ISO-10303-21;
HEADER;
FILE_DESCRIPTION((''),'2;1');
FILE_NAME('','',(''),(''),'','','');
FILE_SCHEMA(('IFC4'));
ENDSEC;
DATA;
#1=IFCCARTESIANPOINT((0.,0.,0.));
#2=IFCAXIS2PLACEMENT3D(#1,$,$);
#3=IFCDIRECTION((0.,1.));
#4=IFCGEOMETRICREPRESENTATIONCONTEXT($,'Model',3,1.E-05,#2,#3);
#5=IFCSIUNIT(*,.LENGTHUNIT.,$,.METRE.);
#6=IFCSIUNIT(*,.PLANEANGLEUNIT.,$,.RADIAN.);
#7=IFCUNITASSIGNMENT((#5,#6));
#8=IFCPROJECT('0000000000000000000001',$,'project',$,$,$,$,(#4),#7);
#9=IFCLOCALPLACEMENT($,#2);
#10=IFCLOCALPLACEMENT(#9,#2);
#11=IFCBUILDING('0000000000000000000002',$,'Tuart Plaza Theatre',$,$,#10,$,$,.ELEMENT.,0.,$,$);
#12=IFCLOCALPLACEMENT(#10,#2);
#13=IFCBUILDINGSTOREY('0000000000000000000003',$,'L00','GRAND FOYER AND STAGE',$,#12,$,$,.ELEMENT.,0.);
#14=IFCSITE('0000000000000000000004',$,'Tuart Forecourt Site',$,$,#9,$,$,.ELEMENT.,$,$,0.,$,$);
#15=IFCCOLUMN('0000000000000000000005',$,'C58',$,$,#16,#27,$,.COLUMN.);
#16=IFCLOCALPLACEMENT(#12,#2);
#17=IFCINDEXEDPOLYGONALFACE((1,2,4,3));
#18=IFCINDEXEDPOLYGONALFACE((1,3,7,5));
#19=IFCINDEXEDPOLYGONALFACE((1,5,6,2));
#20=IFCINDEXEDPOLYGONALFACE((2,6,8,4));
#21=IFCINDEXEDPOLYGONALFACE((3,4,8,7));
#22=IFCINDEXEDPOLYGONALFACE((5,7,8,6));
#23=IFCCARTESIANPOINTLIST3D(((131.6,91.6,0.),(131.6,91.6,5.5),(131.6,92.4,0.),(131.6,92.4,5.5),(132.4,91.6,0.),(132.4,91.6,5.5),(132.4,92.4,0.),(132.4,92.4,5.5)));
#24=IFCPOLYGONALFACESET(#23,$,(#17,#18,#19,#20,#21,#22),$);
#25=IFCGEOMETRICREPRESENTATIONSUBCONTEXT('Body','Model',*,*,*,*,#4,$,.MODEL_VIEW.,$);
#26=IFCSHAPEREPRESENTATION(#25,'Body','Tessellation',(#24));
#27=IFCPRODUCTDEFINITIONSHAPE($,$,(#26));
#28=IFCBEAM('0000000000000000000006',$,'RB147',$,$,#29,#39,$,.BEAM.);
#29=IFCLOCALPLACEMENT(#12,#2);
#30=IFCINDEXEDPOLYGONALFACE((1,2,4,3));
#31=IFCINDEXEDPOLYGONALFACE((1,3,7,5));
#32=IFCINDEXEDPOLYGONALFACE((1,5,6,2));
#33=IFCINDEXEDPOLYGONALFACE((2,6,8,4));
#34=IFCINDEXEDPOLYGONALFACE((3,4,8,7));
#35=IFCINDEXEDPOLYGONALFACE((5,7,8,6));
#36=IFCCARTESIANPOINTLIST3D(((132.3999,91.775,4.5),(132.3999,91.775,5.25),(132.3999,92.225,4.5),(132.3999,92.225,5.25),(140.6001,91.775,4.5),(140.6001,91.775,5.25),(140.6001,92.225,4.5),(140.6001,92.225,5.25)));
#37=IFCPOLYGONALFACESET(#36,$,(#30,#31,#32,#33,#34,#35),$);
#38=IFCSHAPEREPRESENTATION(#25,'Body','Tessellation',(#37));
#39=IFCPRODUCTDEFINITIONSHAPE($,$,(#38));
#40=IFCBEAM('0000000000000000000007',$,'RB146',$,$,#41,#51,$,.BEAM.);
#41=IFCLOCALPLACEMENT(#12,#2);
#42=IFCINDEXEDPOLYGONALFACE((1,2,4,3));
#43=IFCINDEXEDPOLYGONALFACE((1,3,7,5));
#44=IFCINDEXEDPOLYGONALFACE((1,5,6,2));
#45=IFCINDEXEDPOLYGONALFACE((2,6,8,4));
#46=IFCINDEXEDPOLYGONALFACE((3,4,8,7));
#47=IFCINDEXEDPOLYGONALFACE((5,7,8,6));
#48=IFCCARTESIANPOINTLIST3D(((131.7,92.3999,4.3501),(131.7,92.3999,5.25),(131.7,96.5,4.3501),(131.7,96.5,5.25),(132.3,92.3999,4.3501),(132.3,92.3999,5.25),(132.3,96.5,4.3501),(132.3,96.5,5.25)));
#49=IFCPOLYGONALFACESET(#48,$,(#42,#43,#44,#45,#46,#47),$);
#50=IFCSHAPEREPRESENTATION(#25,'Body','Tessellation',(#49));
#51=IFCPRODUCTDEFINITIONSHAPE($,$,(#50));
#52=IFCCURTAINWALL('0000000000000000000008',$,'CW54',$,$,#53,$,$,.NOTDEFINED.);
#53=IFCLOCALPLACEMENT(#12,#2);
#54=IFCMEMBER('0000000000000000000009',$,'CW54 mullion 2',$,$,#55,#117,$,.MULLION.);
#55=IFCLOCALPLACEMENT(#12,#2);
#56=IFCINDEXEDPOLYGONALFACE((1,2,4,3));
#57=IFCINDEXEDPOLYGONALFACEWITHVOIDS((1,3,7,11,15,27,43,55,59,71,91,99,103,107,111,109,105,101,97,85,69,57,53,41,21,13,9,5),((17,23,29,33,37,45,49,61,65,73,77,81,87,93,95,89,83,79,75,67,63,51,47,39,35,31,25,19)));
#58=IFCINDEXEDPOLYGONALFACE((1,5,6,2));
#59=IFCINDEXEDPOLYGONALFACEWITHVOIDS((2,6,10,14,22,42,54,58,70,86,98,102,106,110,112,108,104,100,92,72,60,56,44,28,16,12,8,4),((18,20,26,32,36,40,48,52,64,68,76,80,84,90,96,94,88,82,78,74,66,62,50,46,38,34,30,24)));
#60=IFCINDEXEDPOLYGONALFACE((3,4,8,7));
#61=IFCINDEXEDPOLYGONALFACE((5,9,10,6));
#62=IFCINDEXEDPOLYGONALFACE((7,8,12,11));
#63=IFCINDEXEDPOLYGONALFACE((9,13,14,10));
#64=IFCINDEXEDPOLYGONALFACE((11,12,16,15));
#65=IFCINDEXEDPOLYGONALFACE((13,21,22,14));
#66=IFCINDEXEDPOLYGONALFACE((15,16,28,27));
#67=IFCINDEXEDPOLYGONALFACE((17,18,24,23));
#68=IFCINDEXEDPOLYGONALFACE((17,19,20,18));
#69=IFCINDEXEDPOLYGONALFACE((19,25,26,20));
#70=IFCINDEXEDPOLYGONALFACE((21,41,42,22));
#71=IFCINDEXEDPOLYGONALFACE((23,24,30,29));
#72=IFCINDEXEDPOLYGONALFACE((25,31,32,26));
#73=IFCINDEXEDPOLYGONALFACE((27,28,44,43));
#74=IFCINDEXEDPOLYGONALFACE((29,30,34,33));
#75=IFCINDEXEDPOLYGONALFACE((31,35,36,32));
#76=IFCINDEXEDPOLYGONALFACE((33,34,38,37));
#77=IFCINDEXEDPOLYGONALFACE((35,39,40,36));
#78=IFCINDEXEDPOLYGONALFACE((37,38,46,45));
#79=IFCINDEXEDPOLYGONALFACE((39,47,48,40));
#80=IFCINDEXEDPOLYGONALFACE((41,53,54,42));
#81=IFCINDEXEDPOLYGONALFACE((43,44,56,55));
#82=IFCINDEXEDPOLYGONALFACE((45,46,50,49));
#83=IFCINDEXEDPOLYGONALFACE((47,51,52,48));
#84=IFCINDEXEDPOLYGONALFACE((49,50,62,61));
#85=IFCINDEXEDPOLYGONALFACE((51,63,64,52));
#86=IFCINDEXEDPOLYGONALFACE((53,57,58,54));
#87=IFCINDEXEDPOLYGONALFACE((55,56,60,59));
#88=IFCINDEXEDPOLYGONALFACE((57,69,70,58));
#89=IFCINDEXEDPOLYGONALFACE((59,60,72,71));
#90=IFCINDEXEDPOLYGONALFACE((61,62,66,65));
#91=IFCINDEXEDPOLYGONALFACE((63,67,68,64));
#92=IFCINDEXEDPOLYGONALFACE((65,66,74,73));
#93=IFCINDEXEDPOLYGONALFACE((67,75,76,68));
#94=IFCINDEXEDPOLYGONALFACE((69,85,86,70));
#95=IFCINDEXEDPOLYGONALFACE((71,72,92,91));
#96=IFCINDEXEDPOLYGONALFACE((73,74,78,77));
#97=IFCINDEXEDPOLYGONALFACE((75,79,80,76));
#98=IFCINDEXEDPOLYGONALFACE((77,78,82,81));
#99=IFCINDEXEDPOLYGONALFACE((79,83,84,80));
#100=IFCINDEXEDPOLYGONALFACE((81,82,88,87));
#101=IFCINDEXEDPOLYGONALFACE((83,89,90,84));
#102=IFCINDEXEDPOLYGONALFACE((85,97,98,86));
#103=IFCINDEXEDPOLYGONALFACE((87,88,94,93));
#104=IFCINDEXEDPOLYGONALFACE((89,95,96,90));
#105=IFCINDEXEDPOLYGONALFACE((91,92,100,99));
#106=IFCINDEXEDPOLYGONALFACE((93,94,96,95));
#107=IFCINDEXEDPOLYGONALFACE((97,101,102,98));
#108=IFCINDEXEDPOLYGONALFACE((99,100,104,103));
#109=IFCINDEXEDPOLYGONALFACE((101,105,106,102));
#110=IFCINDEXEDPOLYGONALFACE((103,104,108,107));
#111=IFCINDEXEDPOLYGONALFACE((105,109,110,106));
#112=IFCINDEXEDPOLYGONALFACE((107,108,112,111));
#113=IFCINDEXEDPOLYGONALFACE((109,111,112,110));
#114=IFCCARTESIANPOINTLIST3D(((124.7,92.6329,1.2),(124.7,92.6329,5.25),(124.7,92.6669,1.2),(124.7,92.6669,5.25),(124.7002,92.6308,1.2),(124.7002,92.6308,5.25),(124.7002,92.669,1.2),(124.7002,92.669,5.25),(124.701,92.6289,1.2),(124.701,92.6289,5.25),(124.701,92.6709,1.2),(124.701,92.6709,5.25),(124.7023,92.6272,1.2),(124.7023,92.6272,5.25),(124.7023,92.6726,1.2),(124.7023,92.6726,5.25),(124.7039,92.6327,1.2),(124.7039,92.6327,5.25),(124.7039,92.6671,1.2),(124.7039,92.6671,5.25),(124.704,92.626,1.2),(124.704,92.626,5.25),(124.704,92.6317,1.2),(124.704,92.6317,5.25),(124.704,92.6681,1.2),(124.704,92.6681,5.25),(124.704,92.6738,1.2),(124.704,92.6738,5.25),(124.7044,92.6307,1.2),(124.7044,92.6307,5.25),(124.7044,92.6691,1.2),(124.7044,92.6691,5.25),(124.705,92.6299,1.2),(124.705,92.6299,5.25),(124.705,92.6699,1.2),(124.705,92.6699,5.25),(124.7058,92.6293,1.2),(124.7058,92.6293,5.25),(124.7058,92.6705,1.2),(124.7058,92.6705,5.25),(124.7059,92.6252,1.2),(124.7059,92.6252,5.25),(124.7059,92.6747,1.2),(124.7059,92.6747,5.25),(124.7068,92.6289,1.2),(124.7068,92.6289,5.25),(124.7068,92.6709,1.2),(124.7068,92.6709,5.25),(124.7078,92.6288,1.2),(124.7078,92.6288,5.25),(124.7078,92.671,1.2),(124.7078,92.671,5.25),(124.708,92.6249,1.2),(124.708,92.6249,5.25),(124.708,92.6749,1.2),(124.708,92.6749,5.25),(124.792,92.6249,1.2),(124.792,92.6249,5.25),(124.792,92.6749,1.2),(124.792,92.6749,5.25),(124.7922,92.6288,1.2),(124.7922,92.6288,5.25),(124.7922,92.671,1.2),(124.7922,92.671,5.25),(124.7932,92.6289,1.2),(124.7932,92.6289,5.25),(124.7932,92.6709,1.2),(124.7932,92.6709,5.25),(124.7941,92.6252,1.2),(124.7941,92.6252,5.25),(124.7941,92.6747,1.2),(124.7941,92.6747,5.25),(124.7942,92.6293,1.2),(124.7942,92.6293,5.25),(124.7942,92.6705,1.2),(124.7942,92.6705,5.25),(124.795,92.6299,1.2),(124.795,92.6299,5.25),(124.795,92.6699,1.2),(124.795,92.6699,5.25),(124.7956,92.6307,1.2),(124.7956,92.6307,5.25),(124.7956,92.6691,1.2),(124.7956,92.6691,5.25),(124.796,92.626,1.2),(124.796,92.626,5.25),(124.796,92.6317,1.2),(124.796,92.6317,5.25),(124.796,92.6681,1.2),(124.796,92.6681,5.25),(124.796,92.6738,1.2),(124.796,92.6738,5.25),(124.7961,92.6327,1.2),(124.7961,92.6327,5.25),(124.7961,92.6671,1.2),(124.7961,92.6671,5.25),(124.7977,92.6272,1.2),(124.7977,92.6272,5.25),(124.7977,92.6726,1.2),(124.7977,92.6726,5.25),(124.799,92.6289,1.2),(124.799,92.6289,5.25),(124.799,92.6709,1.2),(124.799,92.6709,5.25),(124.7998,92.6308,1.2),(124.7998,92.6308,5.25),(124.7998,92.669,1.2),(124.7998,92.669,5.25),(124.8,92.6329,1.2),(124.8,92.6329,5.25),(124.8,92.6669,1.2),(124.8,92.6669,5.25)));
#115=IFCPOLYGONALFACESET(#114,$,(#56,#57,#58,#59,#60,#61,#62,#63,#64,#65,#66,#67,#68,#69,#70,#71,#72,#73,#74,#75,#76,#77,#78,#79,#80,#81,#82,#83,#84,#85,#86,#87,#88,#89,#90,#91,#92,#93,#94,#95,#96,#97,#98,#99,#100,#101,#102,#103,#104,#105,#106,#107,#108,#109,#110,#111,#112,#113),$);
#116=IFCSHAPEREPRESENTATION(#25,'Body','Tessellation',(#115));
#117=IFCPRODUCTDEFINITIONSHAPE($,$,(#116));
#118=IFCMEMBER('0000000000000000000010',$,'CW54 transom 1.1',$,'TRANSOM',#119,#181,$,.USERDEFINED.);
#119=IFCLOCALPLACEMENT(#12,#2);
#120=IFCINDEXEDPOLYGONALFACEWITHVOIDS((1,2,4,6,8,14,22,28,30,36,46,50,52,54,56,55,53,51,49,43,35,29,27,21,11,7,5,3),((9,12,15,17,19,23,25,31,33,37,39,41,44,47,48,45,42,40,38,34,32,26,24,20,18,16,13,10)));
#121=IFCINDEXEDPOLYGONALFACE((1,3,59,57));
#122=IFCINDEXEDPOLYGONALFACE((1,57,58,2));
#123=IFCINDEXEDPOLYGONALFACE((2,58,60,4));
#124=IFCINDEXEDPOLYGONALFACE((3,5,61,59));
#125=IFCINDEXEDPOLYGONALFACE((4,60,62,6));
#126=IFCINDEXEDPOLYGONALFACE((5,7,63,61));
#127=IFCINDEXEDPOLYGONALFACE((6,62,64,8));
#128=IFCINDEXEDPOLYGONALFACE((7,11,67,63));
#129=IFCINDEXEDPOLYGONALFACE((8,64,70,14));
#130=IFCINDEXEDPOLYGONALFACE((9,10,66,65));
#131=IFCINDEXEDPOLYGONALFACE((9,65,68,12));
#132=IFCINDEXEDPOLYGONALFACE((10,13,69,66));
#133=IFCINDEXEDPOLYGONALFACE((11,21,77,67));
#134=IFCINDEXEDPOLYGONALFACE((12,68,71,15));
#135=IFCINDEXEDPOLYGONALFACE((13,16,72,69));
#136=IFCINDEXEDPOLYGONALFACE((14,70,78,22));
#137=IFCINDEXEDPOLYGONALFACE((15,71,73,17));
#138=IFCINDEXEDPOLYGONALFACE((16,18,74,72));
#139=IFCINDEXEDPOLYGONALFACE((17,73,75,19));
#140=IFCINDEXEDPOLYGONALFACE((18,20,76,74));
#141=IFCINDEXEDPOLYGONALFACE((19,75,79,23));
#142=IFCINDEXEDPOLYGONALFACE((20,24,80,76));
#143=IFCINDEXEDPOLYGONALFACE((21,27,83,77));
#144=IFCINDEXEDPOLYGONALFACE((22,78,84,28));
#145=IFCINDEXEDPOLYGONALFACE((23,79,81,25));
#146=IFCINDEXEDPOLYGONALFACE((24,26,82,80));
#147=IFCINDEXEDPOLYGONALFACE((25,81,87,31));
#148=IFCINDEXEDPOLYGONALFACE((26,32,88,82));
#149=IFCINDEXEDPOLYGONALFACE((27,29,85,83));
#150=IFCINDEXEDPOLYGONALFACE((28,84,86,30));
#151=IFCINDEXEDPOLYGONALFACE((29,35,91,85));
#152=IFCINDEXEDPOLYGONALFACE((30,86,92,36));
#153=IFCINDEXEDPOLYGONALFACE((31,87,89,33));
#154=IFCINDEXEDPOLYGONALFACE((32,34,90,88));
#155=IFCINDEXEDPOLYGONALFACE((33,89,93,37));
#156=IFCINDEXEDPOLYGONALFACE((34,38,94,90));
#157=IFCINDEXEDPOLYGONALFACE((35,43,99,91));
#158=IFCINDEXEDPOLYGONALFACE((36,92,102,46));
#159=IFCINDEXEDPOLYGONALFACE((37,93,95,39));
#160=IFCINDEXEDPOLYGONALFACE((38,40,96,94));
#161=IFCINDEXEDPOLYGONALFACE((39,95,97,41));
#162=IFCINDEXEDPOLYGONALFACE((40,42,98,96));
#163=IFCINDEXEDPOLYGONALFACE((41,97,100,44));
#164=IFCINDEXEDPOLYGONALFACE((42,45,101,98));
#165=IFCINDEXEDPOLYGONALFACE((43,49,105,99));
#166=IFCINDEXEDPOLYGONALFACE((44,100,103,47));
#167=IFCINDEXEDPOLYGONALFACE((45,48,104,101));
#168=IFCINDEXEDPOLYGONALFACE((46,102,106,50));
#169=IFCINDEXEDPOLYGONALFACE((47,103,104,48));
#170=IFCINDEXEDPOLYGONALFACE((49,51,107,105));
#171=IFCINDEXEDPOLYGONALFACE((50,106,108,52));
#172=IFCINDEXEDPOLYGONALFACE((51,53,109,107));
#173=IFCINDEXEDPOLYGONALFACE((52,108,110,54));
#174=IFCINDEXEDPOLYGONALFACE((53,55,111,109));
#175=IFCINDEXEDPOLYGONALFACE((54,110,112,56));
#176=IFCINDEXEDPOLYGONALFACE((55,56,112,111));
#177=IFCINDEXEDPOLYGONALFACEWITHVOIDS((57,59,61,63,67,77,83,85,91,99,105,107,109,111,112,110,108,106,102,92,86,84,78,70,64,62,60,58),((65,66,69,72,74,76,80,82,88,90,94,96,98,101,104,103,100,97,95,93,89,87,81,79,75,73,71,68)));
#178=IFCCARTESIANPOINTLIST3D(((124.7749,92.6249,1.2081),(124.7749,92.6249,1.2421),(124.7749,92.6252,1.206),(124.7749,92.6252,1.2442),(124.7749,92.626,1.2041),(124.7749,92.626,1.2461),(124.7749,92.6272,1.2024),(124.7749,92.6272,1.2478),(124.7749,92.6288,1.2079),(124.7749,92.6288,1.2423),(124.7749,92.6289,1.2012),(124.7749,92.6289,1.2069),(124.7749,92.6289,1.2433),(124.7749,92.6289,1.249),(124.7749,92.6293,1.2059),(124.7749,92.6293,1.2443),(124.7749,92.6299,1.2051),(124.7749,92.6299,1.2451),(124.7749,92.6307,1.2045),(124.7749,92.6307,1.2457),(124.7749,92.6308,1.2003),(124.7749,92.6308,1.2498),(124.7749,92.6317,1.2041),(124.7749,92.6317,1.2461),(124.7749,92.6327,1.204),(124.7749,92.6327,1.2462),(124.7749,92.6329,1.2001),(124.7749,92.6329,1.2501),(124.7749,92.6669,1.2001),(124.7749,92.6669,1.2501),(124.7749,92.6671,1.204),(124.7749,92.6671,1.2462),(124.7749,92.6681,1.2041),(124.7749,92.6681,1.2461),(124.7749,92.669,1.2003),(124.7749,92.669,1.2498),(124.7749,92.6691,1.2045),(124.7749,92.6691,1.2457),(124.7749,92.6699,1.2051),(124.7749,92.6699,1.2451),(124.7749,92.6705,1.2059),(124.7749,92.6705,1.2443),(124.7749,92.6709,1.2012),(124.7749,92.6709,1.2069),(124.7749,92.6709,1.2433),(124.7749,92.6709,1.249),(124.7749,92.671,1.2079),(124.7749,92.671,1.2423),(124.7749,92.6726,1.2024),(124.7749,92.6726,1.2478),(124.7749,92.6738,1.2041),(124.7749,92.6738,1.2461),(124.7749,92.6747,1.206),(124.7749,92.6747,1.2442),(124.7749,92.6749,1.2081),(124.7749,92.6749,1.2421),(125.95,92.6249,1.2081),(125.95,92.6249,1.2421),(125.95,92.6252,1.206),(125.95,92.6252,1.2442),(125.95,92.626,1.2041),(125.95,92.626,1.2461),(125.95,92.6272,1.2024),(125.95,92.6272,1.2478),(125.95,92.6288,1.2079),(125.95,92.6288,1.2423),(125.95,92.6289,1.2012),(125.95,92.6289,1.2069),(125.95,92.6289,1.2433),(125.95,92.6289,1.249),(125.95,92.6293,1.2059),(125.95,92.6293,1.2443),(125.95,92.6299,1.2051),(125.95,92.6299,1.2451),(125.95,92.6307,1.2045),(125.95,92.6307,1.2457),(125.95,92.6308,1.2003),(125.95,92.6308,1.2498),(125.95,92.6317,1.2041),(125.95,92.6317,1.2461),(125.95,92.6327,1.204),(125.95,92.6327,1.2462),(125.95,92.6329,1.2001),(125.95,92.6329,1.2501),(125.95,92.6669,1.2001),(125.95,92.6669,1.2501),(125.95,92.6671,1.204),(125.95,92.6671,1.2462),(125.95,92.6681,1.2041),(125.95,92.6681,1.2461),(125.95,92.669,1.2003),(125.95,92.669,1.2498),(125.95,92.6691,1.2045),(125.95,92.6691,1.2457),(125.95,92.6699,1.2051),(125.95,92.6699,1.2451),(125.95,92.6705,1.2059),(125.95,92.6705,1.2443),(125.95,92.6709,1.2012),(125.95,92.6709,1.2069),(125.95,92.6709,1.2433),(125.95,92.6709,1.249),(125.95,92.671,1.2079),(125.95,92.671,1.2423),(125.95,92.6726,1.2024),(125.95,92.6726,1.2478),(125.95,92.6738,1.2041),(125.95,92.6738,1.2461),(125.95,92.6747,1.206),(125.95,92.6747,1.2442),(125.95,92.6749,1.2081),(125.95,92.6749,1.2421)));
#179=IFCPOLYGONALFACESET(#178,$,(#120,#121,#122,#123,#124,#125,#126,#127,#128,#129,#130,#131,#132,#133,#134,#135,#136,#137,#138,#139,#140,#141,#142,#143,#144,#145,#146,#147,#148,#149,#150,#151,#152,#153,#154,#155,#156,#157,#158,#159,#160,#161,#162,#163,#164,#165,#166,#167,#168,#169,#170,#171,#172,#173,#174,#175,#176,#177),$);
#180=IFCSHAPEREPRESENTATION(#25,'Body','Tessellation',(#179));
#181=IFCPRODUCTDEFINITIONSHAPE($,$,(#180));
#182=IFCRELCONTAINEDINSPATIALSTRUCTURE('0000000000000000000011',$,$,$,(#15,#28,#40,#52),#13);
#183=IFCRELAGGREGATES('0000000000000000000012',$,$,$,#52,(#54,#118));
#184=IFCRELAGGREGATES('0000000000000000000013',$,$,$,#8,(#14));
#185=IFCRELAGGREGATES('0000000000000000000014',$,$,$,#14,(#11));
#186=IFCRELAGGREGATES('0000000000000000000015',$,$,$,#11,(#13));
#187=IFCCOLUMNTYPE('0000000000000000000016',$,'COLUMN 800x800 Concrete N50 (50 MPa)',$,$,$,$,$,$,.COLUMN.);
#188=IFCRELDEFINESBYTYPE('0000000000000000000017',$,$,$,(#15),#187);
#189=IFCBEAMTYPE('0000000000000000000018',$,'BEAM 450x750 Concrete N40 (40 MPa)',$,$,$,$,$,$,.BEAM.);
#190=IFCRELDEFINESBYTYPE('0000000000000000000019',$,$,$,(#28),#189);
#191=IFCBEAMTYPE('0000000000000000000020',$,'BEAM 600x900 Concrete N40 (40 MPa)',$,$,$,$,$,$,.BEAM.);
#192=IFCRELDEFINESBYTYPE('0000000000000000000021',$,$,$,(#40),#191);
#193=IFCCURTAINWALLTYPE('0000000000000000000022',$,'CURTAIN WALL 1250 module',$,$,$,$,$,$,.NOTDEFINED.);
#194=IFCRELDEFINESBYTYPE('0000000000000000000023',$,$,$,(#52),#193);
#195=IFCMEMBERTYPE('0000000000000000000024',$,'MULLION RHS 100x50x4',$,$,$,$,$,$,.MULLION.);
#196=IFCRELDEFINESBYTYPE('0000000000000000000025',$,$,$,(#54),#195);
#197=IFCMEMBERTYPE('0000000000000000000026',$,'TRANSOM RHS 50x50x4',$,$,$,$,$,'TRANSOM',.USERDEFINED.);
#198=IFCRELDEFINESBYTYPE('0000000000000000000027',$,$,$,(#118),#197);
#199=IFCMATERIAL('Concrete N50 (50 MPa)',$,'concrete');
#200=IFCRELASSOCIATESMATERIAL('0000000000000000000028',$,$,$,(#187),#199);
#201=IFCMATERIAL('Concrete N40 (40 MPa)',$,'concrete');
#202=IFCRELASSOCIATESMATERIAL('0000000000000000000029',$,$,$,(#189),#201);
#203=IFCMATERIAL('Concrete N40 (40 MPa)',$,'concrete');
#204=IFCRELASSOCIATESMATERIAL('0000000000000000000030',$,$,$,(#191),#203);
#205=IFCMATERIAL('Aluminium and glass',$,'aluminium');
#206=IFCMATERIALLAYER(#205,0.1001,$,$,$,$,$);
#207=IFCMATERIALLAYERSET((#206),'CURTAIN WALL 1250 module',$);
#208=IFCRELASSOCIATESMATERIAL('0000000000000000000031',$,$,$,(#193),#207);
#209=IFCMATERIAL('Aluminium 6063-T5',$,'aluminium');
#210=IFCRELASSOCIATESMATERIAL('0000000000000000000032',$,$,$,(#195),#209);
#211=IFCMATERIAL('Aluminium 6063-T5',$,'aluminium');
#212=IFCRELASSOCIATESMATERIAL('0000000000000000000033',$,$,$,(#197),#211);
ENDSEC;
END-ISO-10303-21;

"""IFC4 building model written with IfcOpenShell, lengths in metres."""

from ifc_helpers import new_model, si_unit, direction, frame, origin, origin_2d, place, context, subcontext, project, spatial, rectangle, hollow_rectangle, extrude, material, layer, layer_set, material_profile, profile_set, type_object, element, aggregate, save


model = new_model("IFC4")

# Units and contexts
model_context = context("Model", 3, precision=1e-05, world=origin(), true_north=direction((0.0, 1.0)))
body_context = subcontext(model_context, "Body", "Model", "MODEL_VIEW")
ifc_project = project(units=[si_unit("LENGTHUNIT", "METRE"), si_unit("PLANEANGLEUNIT", "RADIAN")], contexts=[model_context])

# Site, building, storey
site_placement = place(None, origin())
site = spatial("IfcSite", under=ifc_project, at=site_placement, Name="Tuart Forecourt Site", CompositionType="ELEMENT", RefElevation=0.0)
building_placement = place(site_placement, origin())
building = spatial("IfcBuilding", under=site, at=building_placement, Name="Tuart Plaza Theatre", CompositionType="ELEMENT", ElevationOfRefHeight=0.0)
storey_placement = place(building_placement, origin())
storey = spatial("IfcBuildingStorey", under=building, at=storey_placement, Name="L00", Description="GRAND FOYER AND STAGE", CompositionType="ELEMENT", Elevation=0.0)

# Column
ifc_material_1 = material(Name="Concrete N50 (50 MPa)", Category="concrete")
ifc_material_profile_1 = material_profile(ifc_material_1, rectangle(XDim=0.8, YDim=0.8, at=origin_2d()), Name="COLUMN 800x800 Concrete N50 (50 MPa)")
ifc_profile_set_1 = profile_set([ifc_material_profile_1], Name="Concrete N50 (50 MPa)")
column_type = type_object("IfcColumnType", Name="COLUMN 800x800 Concrete N50 (50 MPa)", PredefinedType="COLUMN", material=ifc_profile_set_1)
column_placement = place(storey_placement, frame((132.0, 92.0, 0.0), z_axis=(0.0, 0.0, 1.0), x_axis=(1.0, 0.0, 0.0)))
element("IfcColumn", 1, at=column_placement, inside=storey, type_object=column_type, Name="C58", PredefinedType="COLUMN", context=body_context, shape_type="SweptSolid", body=[
    extrude(rectangle(XDim=0.8, YDim=0.8, at=origin_2d()), origin(), (0.0, 0.0, 1.0), 5.5),
])

# Beams
ifc_material_2 = material(Name="Concrete N40 (40 MPa)", Category="concrete")
ifc_material_profile_2 = material_profile(ifc_material_2, rectangle(XDim=0.45, YDim=0.75, at=origin_2d()), Name="BEAM 450x750 Concrete N40 (40 MPa)")
ifc_profile_set_2 = profile_set([ifc_material_profile_2], Name="Concrete N40 (40 MPa)")
beam_type_1 = type_object("IfcBeamType", Name="BEAM 450x750 Concrete N40 (40 MPa)", PredefinedType="BEAM", material=ifc_profile_set_2)
beam_1_placement = place(storey_placement, frame((132.3999, 92.0, 4.875), z_axis=(1.0, 0.0, 0.0), x_axis=(0.0, 1.0, 0.0)))
element("IfcBeam", 2, at=beam_1_placement, inside=storey, type_object=beam_type_1, Name="RB147", PredefinedType="BEAM", context=body_context, shape_type="SweptSolid", body=[
    extrude(rectangle(XDim=0.45, YDim=0.75, at=origin_2d()), origin(), (0.0, 0.0, 1.0), 8.2002),
])
ifc_material_3 = material(Name="Concrete N40 (40 MPa)", Category="concrete")
ifc_material_profile_3 = material_profile(ifc_material_3, rectangle(XDim=0.6001, YDim=0.8999, at=origin_2d()), Name="BEAM 600x900 Concrete N40 (40 MPa)")
ifc_profile_set_3 = profile_set([ifc_material_profile_3], Name="Concrete N40 (40 MPa)")
beam_type_2 = type_object("IfcBeamType", Name="BEAM 600x900 Concrete N40 (40 MPa)", PredefinedType="BEAM", material=ifc_profile_set_3)
beam_2_placement = place(storey_placement, frame((132.0, 92.3999, 4.8), z_axis=(0.0, 1.0, 0.0), x_axis=(-1.0, 0.0, 0.0)))
element("IfcBeam", 3, at=beam_2_placement, inside=storey, type_object=beam_type_2, Name="RB146", PredefinedType="BEAM", context=body_context, shape_type="SweptSolid", body=[
    extrude(rectangle(XDim=0.6001, YDim=0.8999, at=origin_2d()), origin(), (0.0, 0.0, 1.0), 4.1001),
])

# Curtain wall, members
ifc_material_4 = material(Name="Aluminium and glass", Category="aluminium")
ifc_layer_1 = layer(ifc_material_4, 0.1001)
ifc_layer_set_1 = layer_set([ifc_layer_1], Name="CURTAIN WALL 1250 module")
curtain_wall_type = type_object("IfcCurtainWallType", Name="CURTAIN WALL 1250 module", PredefinedType="NOTDEFINED", material=ifc_layer_set_1)
curtain_wall_placement = place(storey_placement, origin())
curtain_wall = element("IfcCurtainWall", 4, at=curtain_wall_placement, inside=storey, type_object=curtain_wall_type, Name="CW54", PredefinedType="NOTDEFINED")
ifc_material_5 = material(Name="Aluminium 6063-T5", Category="aluminium")
ifc_material_profile_4 = material_profile(ifc_material_5, hollow_rectangle(XDim=0.05, YDim=0.1001, WallThickness=0.0039, InnerFilletRadius=0.0039, OuterFilletRadius=0.0081, at=origin_2d()), Name="RHS 100x50x4")
ifc_profile_set_4 = profile_set([ifc_material_profile_4], Name="Aluminium 6063-T5")
member_type_1 = type_object("IfcMemberType", Name="MULLION RHS 100x50x4", PredefinedType="MULLION", material=ifc_profile_set_4)
member_1_placement = place(storey_placement, frame((124.75, 92.6499, 1.2), z_axis=(0.0, 0.0, 1.0), x_axis=(0.0, -1.0, 0.0)))
member_1 = element("IfcMember", 5, at=member_1_placement, type_object=member_type_1, Name="CW54 mullion 2", PredefinedType="MULLION", context=body_context, shape_type="SweptSolid", body=[
    extrude(hollow_rectangle(XDim=0.05, YDim=0.1001, WallThickness=0.0039, InnerFilletRadius=0.0039, OuterFilletRadius=0.0081, at=origin_2d()), origin(), (0.0, 0.0, 1.0), 4.05),
])
ifc_material_6 = material(Name="Aluminium 6063-T5", Category="aluminium")
ifc_material_profile_5 = material_profile(ifc_material_6, hollow_rectangle(XDim=0.05, YDim=0.05, WallThickness=0.0039, InnerFilletRadius=0.0039, OuterFilletRadius=0.0081, at=origin_2d()), Name="RHS 50x50x4")
ifc_profile_set_5 = profile_set([ifc_material_profile_5], Name="Aluminium 6063-T5")
member_type_2 = type_object("IfcMemberType", Name="TRANSOM RHS 50x50x4", ElementType="TRANSOM", PredefinedType="USERDEFINED", material=ifc_profile_set_5)
member_2_placement = place(storey_placement, frame((125.95, 92.6499, 1.2251), z_axis=(-1.0, 0.0, 0.0), x_axis=(0.0, -1.0, 0.0)))
member_2 = element("IfcMember", 6, at=member_2_placement, type_object=member_type_2, Name="CW54 transom 1.1", ObjectType="TRANSOM", PredefinedType="USERDEFINED", context=body_context, shape_type="SweptSolid", body=[
    extrude(hollow_rectangle(XDim=0.05, YDim=0.05, WallThickness=0.0039, InnerFilletRadius=0.0039, OuterFilletRadius=0.0081, at=origin_2d()), origin(), (0.0, 0.0, 1.0), 1.175),
])
aggregate(curtain_wall, [member_1, member_2])

save(model, "model.ifc")
